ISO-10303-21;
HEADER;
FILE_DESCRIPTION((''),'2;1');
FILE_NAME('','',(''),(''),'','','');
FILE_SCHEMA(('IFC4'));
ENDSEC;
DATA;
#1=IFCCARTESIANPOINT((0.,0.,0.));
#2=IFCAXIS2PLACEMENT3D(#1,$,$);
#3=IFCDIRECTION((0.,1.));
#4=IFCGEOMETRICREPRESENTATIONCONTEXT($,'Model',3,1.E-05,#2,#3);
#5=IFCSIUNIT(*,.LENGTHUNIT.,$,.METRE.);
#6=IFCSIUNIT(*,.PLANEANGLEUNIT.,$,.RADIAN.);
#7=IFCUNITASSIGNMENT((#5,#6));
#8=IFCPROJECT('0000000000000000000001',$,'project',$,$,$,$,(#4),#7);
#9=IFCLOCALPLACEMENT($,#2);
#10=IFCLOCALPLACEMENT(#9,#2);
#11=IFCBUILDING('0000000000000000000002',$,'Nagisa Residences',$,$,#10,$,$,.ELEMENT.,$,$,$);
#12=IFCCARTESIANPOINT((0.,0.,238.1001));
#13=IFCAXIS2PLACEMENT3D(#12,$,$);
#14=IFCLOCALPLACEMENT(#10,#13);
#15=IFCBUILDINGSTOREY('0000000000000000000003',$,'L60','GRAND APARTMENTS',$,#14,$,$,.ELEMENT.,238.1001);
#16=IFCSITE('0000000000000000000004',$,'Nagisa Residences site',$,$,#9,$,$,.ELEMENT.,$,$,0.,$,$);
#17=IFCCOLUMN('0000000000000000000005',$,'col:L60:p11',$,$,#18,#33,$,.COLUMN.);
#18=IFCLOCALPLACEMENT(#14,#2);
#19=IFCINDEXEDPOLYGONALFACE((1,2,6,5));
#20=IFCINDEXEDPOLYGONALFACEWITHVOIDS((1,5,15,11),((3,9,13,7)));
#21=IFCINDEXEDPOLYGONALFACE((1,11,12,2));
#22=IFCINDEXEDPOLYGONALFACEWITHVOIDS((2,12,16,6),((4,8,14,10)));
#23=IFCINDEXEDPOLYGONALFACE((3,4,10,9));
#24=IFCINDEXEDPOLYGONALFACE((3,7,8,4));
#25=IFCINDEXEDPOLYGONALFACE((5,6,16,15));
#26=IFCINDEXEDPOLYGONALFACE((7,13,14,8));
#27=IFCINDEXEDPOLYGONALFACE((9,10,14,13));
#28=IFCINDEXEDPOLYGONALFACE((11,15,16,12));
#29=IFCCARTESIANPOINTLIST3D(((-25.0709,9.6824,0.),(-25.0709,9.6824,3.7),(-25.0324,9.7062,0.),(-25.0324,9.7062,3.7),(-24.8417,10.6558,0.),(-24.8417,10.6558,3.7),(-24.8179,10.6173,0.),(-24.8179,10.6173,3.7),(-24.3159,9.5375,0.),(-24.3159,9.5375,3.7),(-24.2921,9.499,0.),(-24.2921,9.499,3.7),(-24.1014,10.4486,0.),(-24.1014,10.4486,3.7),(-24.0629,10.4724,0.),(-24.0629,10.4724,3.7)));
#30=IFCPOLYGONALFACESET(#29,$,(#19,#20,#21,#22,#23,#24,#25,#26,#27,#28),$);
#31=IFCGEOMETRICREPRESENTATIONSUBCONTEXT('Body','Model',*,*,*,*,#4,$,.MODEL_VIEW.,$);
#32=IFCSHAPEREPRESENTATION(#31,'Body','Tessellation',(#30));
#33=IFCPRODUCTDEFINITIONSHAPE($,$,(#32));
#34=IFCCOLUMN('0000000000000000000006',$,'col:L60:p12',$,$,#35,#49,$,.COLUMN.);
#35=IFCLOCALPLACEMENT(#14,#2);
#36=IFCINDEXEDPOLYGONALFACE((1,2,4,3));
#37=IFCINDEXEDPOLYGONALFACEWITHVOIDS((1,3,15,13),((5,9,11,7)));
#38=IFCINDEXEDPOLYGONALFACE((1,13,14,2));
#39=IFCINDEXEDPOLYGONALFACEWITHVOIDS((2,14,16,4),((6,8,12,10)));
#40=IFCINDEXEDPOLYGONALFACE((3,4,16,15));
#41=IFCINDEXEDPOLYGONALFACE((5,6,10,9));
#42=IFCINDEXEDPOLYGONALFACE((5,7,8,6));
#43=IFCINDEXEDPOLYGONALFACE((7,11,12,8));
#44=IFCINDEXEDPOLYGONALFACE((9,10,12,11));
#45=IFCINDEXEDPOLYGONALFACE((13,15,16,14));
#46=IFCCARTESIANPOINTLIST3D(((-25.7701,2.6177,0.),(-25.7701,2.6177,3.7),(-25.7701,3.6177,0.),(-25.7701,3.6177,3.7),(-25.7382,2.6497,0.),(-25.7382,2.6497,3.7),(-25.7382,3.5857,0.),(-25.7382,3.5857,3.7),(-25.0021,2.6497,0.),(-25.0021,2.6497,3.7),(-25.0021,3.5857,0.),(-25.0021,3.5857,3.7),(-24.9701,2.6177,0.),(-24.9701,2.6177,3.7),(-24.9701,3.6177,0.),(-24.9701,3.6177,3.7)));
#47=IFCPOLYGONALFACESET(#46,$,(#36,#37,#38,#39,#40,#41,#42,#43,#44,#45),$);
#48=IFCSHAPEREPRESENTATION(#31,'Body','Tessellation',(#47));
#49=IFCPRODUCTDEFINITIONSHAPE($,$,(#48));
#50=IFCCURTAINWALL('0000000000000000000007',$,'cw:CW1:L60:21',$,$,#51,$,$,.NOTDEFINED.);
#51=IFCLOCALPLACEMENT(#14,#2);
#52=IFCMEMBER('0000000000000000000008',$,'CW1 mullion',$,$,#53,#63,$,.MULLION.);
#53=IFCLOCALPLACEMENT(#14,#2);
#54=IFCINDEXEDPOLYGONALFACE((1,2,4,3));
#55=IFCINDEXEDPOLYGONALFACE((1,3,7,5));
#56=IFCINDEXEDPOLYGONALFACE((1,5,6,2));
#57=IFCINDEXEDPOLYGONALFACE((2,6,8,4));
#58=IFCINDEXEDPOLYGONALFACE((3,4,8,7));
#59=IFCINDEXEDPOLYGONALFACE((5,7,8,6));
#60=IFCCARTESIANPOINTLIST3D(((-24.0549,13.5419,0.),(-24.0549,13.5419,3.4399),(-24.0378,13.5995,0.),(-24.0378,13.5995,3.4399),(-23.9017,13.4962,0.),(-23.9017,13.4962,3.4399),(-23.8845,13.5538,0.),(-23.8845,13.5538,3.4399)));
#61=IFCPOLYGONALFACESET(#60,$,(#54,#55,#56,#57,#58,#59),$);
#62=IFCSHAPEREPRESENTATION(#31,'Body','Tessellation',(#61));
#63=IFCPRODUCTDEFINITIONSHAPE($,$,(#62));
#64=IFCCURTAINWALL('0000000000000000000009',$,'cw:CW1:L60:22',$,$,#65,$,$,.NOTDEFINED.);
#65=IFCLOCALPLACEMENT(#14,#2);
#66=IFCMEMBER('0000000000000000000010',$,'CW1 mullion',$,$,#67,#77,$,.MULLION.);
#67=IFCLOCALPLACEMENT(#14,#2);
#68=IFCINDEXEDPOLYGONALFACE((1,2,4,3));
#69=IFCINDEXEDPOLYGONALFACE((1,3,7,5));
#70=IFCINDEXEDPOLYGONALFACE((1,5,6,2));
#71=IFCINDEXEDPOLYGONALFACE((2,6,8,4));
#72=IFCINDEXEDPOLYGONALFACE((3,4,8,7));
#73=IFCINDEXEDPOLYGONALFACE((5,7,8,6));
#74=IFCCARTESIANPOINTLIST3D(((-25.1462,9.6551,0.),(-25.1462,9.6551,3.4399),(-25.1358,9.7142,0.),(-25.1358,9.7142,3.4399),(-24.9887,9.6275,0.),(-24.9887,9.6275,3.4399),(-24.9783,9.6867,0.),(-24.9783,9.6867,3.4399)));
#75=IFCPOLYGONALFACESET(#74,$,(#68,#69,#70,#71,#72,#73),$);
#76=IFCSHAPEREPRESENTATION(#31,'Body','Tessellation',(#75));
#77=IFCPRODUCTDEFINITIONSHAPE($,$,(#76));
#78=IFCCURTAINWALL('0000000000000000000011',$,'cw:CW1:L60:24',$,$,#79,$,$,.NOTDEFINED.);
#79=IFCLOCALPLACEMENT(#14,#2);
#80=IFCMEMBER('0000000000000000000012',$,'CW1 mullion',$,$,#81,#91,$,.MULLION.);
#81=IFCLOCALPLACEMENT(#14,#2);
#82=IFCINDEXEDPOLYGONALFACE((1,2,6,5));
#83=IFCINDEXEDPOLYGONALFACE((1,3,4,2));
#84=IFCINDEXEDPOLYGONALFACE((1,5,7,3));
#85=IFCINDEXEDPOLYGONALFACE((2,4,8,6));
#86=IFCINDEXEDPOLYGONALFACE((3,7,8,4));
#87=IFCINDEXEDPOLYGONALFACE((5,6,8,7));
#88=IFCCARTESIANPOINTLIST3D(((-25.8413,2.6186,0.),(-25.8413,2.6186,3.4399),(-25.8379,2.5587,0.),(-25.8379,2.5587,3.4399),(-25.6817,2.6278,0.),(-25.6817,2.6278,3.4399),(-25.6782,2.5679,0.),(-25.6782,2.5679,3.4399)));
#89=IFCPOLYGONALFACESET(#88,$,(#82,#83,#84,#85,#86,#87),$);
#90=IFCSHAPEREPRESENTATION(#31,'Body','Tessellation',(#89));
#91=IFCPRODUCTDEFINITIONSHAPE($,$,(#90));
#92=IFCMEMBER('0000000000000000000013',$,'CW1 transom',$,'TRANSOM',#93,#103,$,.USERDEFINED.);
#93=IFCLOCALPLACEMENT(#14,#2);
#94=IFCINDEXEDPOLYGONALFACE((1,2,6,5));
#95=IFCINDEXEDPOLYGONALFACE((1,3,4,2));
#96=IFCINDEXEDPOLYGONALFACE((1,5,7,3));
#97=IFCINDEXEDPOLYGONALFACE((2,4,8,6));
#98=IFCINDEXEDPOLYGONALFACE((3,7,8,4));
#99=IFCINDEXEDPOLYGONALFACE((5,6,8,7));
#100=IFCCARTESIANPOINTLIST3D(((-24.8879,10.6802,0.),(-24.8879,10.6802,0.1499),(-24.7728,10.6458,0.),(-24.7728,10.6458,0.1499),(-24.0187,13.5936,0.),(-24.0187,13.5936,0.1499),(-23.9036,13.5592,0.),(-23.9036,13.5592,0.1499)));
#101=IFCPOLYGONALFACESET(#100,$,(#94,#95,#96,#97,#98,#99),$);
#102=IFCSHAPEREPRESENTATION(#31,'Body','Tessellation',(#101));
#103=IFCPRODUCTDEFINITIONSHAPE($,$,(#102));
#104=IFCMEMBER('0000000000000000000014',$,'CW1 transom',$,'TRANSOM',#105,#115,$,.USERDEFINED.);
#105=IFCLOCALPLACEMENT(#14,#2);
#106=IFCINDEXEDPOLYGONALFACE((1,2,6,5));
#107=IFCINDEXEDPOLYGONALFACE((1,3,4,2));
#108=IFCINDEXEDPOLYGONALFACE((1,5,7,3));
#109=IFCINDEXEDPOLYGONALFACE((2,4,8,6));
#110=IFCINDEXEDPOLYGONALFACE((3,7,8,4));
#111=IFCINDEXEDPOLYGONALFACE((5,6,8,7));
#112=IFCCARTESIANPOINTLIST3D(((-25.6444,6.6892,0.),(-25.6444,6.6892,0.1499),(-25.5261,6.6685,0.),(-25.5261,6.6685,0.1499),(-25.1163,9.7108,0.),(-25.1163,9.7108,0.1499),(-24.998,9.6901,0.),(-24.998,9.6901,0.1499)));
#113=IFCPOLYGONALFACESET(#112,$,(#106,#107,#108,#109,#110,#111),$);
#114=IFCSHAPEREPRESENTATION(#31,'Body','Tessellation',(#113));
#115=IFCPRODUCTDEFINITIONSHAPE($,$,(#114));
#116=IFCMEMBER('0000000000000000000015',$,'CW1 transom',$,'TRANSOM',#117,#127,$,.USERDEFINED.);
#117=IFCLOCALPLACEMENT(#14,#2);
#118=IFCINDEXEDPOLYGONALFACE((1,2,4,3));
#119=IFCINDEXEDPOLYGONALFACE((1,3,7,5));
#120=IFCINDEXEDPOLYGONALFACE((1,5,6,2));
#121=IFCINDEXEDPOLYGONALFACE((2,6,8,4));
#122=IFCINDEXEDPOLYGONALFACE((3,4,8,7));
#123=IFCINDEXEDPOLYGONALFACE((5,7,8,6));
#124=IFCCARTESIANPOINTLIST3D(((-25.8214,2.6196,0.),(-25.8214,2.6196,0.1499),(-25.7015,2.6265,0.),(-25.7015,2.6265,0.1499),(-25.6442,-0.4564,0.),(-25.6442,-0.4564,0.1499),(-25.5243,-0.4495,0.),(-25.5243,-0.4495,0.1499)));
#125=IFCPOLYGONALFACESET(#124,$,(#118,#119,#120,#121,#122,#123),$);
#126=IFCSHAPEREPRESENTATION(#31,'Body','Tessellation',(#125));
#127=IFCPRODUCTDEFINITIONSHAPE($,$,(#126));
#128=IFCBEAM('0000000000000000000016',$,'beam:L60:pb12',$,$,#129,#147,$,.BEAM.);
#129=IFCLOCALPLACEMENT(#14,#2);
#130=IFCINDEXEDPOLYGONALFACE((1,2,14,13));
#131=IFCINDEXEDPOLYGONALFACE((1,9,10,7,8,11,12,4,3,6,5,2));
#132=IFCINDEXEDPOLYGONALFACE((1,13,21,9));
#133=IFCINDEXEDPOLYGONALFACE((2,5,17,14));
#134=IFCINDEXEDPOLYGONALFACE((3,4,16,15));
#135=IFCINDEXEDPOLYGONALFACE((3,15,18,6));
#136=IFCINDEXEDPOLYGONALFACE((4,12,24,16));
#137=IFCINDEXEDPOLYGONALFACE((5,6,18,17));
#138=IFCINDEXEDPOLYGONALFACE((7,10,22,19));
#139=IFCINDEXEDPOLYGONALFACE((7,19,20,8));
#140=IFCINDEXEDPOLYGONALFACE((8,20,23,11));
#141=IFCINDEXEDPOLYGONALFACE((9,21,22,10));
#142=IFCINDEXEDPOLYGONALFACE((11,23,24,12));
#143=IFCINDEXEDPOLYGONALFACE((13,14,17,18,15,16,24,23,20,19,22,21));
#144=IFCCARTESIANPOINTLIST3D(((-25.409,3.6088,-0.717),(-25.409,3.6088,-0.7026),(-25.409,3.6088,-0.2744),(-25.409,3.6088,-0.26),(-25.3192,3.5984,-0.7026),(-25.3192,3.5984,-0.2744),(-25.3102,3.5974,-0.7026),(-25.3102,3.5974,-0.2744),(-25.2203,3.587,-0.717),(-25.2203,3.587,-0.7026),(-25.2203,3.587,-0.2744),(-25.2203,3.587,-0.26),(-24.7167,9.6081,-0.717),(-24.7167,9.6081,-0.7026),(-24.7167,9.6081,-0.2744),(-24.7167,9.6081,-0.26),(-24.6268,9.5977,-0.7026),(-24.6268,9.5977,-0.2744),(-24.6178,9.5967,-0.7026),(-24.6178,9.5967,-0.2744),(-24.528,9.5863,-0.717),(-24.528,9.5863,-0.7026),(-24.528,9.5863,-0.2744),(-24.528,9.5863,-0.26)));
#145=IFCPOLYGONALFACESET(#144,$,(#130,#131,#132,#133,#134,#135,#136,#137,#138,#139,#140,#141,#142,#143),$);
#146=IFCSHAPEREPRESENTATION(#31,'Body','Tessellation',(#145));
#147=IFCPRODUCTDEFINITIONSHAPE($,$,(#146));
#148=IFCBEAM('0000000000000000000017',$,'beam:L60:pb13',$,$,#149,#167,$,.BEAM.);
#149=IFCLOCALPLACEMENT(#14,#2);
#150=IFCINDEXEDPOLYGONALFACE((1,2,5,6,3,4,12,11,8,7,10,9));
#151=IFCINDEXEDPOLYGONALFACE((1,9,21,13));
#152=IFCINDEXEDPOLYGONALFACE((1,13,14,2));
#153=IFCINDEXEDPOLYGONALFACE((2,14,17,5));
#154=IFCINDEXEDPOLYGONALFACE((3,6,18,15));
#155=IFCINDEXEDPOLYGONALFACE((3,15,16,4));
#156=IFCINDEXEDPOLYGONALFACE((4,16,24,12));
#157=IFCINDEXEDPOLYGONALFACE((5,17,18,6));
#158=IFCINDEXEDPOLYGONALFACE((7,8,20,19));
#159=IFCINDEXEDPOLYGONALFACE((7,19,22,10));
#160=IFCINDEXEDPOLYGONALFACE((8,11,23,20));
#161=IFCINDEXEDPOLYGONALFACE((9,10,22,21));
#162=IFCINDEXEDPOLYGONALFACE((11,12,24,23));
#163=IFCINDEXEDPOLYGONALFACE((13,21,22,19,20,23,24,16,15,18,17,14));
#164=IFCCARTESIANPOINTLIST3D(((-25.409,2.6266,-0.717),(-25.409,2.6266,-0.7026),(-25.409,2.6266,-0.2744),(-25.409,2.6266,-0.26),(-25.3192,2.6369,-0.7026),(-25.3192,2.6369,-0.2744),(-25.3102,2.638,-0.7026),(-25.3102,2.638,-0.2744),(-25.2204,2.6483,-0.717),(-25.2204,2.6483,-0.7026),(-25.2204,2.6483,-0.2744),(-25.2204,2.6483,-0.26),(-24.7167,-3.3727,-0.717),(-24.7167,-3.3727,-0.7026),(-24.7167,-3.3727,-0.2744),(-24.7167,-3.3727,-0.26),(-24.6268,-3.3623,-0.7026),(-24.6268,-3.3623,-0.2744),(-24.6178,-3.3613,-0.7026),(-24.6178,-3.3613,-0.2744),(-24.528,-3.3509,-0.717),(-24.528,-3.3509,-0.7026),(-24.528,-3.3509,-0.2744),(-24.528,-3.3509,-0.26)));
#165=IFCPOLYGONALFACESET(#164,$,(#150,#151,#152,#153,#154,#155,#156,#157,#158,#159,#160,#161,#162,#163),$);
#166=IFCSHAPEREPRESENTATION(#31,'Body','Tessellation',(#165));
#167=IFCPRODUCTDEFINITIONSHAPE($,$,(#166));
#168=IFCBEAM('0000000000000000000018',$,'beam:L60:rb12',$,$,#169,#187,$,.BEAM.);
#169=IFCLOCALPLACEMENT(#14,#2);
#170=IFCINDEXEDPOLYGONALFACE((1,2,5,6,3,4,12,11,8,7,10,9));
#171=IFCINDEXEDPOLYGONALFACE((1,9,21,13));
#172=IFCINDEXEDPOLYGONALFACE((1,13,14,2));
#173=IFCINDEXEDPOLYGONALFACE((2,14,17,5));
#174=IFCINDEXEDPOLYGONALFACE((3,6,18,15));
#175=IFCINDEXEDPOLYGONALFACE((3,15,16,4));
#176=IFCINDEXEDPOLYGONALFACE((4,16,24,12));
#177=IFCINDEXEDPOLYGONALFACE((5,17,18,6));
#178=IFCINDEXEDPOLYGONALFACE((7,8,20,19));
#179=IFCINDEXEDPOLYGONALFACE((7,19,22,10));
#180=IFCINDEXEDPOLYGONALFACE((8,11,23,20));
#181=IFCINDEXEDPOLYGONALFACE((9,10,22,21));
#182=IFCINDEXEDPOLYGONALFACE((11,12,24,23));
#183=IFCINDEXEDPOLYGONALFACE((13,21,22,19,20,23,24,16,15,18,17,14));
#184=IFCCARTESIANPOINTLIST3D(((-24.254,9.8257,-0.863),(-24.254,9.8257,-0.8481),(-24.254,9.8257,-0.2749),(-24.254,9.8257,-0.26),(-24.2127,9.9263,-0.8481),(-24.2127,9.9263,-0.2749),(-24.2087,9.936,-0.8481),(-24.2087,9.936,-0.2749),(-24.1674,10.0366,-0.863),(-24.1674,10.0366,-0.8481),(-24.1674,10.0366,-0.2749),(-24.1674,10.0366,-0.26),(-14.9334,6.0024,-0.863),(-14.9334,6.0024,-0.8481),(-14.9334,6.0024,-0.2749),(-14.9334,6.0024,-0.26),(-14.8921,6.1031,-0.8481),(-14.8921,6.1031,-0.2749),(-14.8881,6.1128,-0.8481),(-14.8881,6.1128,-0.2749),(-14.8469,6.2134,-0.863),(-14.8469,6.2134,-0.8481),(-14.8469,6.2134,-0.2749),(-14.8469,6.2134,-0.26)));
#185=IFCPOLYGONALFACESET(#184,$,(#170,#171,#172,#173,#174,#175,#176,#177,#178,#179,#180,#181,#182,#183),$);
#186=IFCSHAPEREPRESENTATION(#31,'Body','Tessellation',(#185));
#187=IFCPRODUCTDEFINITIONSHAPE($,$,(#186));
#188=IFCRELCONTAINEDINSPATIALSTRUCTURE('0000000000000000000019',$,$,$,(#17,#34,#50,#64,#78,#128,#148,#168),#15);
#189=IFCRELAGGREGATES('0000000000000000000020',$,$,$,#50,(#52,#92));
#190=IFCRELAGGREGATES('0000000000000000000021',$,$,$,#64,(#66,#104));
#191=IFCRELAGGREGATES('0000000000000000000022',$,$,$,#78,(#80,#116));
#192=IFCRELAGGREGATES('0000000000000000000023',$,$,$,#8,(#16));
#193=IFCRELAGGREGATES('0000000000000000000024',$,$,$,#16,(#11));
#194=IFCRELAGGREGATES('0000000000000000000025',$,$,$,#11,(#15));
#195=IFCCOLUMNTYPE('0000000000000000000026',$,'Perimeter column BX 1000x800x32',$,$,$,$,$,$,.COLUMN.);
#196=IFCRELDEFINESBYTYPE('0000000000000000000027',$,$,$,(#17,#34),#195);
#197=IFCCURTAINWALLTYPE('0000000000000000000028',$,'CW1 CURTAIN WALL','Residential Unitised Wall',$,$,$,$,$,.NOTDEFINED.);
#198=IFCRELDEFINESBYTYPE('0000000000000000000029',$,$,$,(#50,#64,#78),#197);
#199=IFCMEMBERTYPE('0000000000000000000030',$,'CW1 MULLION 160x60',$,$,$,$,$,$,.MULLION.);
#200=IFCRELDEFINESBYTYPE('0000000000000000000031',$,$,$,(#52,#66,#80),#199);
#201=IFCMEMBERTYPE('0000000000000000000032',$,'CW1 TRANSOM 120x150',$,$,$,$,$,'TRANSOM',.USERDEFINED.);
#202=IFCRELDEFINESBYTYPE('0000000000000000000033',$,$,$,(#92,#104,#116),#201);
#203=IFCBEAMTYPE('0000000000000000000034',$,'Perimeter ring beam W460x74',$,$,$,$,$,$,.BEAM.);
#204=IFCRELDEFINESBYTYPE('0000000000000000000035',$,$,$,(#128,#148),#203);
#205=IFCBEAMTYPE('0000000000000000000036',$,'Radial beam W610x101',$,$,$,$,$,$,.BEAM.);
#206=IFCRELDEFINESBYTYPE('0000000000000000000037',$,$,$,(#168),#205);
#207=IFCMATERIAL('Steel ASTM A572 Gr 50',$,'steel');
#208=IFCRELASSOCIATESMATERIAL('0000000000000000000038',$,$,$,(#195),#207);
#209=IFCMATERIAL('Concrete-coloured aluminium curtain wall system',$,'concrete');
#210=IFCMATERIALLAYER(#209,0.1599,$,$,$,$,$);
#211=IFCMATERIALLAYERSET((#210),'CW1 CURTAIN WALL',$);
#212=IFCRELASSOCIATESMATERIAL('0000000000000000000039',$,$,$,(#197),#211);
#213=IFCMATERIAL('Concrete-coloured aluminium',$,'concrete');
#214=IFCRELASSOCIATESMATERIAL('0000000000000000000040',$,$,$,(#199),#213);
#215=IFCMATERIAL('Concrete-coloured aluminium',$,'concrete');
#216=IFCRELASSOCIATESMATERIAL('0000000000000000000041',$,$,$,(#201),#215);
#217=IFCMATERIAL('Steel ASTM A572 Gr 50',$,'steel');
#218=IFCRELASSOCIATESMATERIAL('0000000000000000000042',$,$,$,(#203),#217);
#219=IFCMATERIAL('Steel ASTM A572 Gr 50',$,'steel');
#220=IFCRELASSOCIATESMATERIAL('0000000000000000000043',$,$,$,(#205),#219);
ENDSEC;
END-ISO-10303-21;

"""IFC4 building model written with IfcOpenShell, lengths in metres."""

from ifc_helpers import new_model, si_unit, direction, frame, origin, origin_2d, place, context, subcontext, project, spatial, rectangle, hollow_rectangle, i_section, extrude, material, layer, layer_set, material_profile, profile_set, type_object, element, aggregate, save


model = new_model("IFC4")

# Units and contexts
model_context = context("Model", 3, precision=1e-05, world=origin(), true_north=direction((0.0, 1.0)))
body_context = subcontext(model_context, "Body", "Model", "MODEL_VIEW")
ifc_project = project(units=[si_unit("LENGTHUNIT", "METRE"), si_unit("PLANEANGLEUNIT", "RADIAN")], contexts=[model_context])

# Site, building, storey
site_placement = place(None, origin())
site = spatial("IfcSite", under=ifc_project, at=site_placement, Name="Nagisa Residences site", CompositionType="ELEMENT", RefElevation=0.0)
building_placement = place(site_placement, origin())
building = spatial("IfcBuilding", under=site, at=building_placement, Name="Nagisa Residences", CompositionType="ELEMENT")
storey_placement = place(building_placement, frame((0.0, 0.0, 238.1001)))
storey = spatial("IfcBuildingStorey", under=building, at=storey_placement, Name="L60", Description="GRAND APARTMENTS", CompositionType="ELEMENT", Elevation=238.1001)

# Columns
ifc_material_1 = material(Name="Steel ASTM A572 Gr 50", Category="steel")
ifc_material_profile_1 = material_profile(ifc_material_1, hollow_rectangle(XDim=1.0, YDim=0.8, WallThickness=0.032, at=origin_2d()), Name="BX 1000x800x32")
ifc_profile_set_1 = profile_set([ifc_material_profile_1], Name="Steel ASTM A572 Gr 50")
column_type = type_object("IfcColumnType", Name="Perimeter column BX 1000x800x32", PredefinedType="COLUMN", material=ifc_profile_set_1)
for number, where, z_axis, x_axis, name in (
    (1, (-24.5669, 10.0774, 0.0), (0.0, 0.0, 1.0), (-0.229202, -0.973379, 0.0), "col:L60:p11"),
    (2, (-25.3701, 3.1177, 0.0), (0.0, 0.0, 1.0), (0.0, -1.0, 0.0), "col:L60:p12"),
):
    element("IfcColumn", number, at=place(storey_placement, frame(where, z_axis=z_axis, x_axis=x_axis)), inside=storey, type_object=column_type, Name=name, PredefinedType="COLUMN", context=body_context, shape_type="SweptSolid", body=[
        extrude(hollow_rectangle(XDim=1.0, YDim=0.8, WallThickness=0.032, at=origin_2d()), origin(), (0.0, 0.0, 1.0), 3.7),
    ])

# Curtain walls, members
ifc_material_2 = material(Name="Concrete-coloured aluminium curtain wall system", Category="concrete")
ifc_layer_1 = layer(ifc_material_2, 0.1599)
ifc_layer_set_1 = layer_set([ifc_layer_1], Name="CW1 CURTAIN WALL")
curtain_wall_type = type_object("IfcCurtainWallType", Name="CW1 CURTAIN WALL", Description="Residential Unitised Wall", PredefinedType="NOTDEFINED", material=ifc_layer_set_1)
curtain_wall_1_placement = place(storey_placement, origin())
curtain_wall_1 = element("IfcCurtainWall", 3, at=curtain_wall_1_placement, inside=storey, type_object=curtain_wall_type, Name="cw:CW1:L60:21", PredefinedType="NOTDEFINED")
ifc_material_3 = material(Name="Concrete-coloured aluminium", Category="concrete")
ifc_material_profile_2 = material_profile(ifc_material_3, rectangle(XDim=0.1599, YDim=0.0601, at=origin_2d()), Name="CW1 MULLION 160x60")
ifc_profile_set_2 = profile_set([ifc_material_profile_2], Name="Concrete-coloured aluminium")
member_type_1 = type_object("IfcMemberType", Name="CW1 MULLION 160x60", PredefinedType="MULLION", material=ifc_profile_set_2)
member_1_placement = place(storey_placement, frame((-23.9697, 13.5479, 0.0), z_axis=(0.0, 0.0, 1.0), x_axis=(0.958271, -0.28586, 0.0)))
member_1 = element("IfcMember", 4, at=member_1_placement, type_object=member_type_1, Name="CW1 mullion", PredefinedType="MULLION", context=body_context, shape_type="SweptSolid", body=[
    extrude(rectangle(XDim=0.1599, YDim=0.0601, at=origin_2d()), origin(), (0.0, 0.0, 1.0), 3.4399),
])
curtain_wall_2_placement = place(storey_placement, origin())
curtain_wall_2 = element("IfcCurtainWall", 5, at=curtain_wall_2_placement, inside=storey, type_object=curtain_wall_type, Name="cw:CW1:L60:22", PredefinedType="NOTDEFINED")
member_2_placement = place(storey_placement, frame((-25.0623, 9.6709, 0.0), z_axis=(0.0, 0.0, 1.0), x_axis=(0.985064, -0.172191, 0.0)))
member_2 = element("IfcMember", 6, at=member_2_placement, type_object=member_type_1, Name="CW1 mullion", PredefinedType="MULLION", context=body_context, shape_type="SweptSolid", body=[
    extrude(rectangle(XDim=0.1599, YDim=0.0601, at=origin_2d()), origin(), (0.0, 0.0, 1.0), 3.4399),
])
curtain_wall_3_placement = place(storey_placement, origin())
curtain_wall_3 = element("IfcCurtainWall", 7, at=curtain_wall_3_placement, inside=storey, type_object=curtain_wall_type, Name="cw:CW1:L60:24", PredefinedType="NOTDEFINED")
member_3_placement = place(storey_placement, frame((-25.7598, 2.5933, 0.0), z_axis=(0.0, 0.0, 1.0), x_axis=(0.998345, 0.057503, 0.0)))
member_3 = element("IfcMember", 8, at=member_3_placement, type_object=member_type_1, Name="CW1 mullion", PredefinedType="MULLION", context=body_context, shape_type="SweptSolid", body=[
    extrude(rectangle(XDim=0.1599, YDim=0.0601, at=origin_2d()), origin(), (0.0, 0.0, 1.0), 3.4399),
])

# Members
ifc_material_4 = material(Name="Concrete-coloured aluminium", Category="concrete")
ifc_material_profile_3 = material_profile(ifc_material_4, rectangle(XDim=0.1201, YDim=0.1499, at=origin_2d()), Name="CW1 TRANSOM 120x150")
ifc_profile_set_3 = profile_set([ifc_material_profile_3], Name="Concrete-coloured aluminium")
member_type_2 = type_object("IfcMemberType", Name="CW1 TRANSOM 120x150", ElementType="TRANSOM", PredefinedType="USERDEFINED", material=ifc_profile_set_3)
member_4_placement = place(storey_placement, frame((-23.9612, 13.5764, 0.075), z_axis=(-0.285881, -0.958265, 0.0), x_axis=(0.958265, -0.285881, 0.0)))
member_4 = element("IfcMember", 9, at=member_4_placement, type_object=member_type_2, Name="CW1 transom", ObjectType="TRANSOM", PredefinedType="USERDEFINED", context=body_context, shape_type="SweptSolid", body=[
    extrude(rectangle(XDim=0.1201, YDim=0.1499, at=origin_2d()), origin(), (0.0, 0.0, 1.0), 3.0403),
])
member_5_placement = place(storey_placement, frame((-25.0571, 9.7004, 0.075), z_axis=(-0.172164, -0.985068, 0.0), x_axis=(0.985068, -0.172164, 0.0)))
member_5 = element("IfcMember", 10, at=member_5_placement, type_object=member_type_2, Name="CW1 transom", ObjectType="TRANSOM", PredefinedType="USERDEFINED", context=body_context, shape_type="SweptSolid", body=[
    extrude(rectangle(XDim=0.1201, YDim=0.1499, at=origin_2d()), origin(), (0.0, 0.0, 1.0), 3.0674),
])
member_6_placement = place(storey_placement, frame((-25.7615, 2.623, 0.075), z_axis=(0.057528, -0.998344, 0.0), x_axis=(0.998344, 0.057528, 0.0)))
member_6 = element("IfcMember", 11, at=member_6_placement, type_object=member_type_2, Name="CW1 transom", ObjectType="TRANSOM", PredefinedType="USERDEFINED", context=body_context, shape_type="SweptSolid", body=[
    extrude(rectangle(XDim=0.1201, YDim=0.1499, at=origin_2d()), origin(), (0.0, 0.0, 1.0), 3.0811),
])

# Beams
ifc_material_5 = material(Name="Steel ASTM A572 Gr 50", Category="steel")
ifc_material_profile_4 = material_profile(ifc_material_5, i_section(OverallWidth=0.1899, OverallDepth=0.457, WebThickness=0.009, FlangeThickness=0.0144, at=origin_2d()), Name="W460x74")
ifc_profile_set_4 = profile_set([ifc_material_profile_4], Name="Steel ASTM A572 Gr 50")
beam_type_1 = type_object("IfcBeamType", Name="Perimeter ring beam W460x74", PredefinedType="BEAM", material=ifc_profile_set_4)
for number, where, z_axis, x_axis, name in (
    (12, (-24.6223, 9.5972, -0.4885), (-0.11465, -0.993406, 0.0), (0.993406, -0.11465, 0.0), "beam:L60:pb12"),
    (13, (-25.3147, 2.6375, -0.4885), (0.11465, -0.993406, 0.0), (0.993406, 0.11465, 0.0), "beam:L60:pb13"),
):
    element("IfcBeam", number, at=place(storey_placement, frame(where, z_axis=z_axis, x_axis=x_axis)), inside=storey, type_object=beam_type_1, Name=name, PredefinedType="BEAM", context=body_context, shape_type="SweptSolid", body=[
        extrude(i_section(OverallWidth=0.1899, OverallDepth=0.457, WebThickness=0.009, FlangeThickness=0.0144, at=origin_2d()), origin(), (0.0, 0.0, 1.0), 6.0391),
    ])
ifc_material_6 = material(Name="Steel ASTM A572 Gr 50", Category="steel")
ifc_material_profile_5 = material_profile(ifc_material_6, i_section(OverallWidth=0.228, OverallDepth=0.603, WebThickness=0.0105, FlangeThickness=0.0149, at=origin_2d()), Name="W610x101")
ifc_profile_set_5 = profile_set([ifc_material_profile_5], Name="Steel ASTM A572 Gr 50")
beam_type_2 = type_object("IfcBeamType", Name="Radial beam W610x101", PredefinedType="BEAM", material=ifc_profile_set_5)
beam_1_placement = place(storey_placement, frame((-24.2107, 9.9312, -0.5615), z_axis=(0.925189, -0.379507, 0.0), x_axis=(0.379507, 0.925189, 0.0)))
element("IfcBeam", 14, at=beam_1_placement, inside=storey, type_object=beam_type_2, Name="beam:L60:rb12", PredefinedType="BEAM", context=body_context, shape_type="SweptSolid", body=[
    extrude(i_section(OverallWidth=0.228, OverallDepth=0.603, WebThickness=0.0105, FlangeThickness=0.0149, at=origin_2d()), origin(), (0.0, 0.0, 1.0), 10.0742),
])

aggregate(curtain_wall_1, [member_1, member_4])
aggregate(curtain_wall_2, [member_2, member_5])
aggregate(curtain_wall_3, [member_3, member_6])

save(model, "model.ifc")
